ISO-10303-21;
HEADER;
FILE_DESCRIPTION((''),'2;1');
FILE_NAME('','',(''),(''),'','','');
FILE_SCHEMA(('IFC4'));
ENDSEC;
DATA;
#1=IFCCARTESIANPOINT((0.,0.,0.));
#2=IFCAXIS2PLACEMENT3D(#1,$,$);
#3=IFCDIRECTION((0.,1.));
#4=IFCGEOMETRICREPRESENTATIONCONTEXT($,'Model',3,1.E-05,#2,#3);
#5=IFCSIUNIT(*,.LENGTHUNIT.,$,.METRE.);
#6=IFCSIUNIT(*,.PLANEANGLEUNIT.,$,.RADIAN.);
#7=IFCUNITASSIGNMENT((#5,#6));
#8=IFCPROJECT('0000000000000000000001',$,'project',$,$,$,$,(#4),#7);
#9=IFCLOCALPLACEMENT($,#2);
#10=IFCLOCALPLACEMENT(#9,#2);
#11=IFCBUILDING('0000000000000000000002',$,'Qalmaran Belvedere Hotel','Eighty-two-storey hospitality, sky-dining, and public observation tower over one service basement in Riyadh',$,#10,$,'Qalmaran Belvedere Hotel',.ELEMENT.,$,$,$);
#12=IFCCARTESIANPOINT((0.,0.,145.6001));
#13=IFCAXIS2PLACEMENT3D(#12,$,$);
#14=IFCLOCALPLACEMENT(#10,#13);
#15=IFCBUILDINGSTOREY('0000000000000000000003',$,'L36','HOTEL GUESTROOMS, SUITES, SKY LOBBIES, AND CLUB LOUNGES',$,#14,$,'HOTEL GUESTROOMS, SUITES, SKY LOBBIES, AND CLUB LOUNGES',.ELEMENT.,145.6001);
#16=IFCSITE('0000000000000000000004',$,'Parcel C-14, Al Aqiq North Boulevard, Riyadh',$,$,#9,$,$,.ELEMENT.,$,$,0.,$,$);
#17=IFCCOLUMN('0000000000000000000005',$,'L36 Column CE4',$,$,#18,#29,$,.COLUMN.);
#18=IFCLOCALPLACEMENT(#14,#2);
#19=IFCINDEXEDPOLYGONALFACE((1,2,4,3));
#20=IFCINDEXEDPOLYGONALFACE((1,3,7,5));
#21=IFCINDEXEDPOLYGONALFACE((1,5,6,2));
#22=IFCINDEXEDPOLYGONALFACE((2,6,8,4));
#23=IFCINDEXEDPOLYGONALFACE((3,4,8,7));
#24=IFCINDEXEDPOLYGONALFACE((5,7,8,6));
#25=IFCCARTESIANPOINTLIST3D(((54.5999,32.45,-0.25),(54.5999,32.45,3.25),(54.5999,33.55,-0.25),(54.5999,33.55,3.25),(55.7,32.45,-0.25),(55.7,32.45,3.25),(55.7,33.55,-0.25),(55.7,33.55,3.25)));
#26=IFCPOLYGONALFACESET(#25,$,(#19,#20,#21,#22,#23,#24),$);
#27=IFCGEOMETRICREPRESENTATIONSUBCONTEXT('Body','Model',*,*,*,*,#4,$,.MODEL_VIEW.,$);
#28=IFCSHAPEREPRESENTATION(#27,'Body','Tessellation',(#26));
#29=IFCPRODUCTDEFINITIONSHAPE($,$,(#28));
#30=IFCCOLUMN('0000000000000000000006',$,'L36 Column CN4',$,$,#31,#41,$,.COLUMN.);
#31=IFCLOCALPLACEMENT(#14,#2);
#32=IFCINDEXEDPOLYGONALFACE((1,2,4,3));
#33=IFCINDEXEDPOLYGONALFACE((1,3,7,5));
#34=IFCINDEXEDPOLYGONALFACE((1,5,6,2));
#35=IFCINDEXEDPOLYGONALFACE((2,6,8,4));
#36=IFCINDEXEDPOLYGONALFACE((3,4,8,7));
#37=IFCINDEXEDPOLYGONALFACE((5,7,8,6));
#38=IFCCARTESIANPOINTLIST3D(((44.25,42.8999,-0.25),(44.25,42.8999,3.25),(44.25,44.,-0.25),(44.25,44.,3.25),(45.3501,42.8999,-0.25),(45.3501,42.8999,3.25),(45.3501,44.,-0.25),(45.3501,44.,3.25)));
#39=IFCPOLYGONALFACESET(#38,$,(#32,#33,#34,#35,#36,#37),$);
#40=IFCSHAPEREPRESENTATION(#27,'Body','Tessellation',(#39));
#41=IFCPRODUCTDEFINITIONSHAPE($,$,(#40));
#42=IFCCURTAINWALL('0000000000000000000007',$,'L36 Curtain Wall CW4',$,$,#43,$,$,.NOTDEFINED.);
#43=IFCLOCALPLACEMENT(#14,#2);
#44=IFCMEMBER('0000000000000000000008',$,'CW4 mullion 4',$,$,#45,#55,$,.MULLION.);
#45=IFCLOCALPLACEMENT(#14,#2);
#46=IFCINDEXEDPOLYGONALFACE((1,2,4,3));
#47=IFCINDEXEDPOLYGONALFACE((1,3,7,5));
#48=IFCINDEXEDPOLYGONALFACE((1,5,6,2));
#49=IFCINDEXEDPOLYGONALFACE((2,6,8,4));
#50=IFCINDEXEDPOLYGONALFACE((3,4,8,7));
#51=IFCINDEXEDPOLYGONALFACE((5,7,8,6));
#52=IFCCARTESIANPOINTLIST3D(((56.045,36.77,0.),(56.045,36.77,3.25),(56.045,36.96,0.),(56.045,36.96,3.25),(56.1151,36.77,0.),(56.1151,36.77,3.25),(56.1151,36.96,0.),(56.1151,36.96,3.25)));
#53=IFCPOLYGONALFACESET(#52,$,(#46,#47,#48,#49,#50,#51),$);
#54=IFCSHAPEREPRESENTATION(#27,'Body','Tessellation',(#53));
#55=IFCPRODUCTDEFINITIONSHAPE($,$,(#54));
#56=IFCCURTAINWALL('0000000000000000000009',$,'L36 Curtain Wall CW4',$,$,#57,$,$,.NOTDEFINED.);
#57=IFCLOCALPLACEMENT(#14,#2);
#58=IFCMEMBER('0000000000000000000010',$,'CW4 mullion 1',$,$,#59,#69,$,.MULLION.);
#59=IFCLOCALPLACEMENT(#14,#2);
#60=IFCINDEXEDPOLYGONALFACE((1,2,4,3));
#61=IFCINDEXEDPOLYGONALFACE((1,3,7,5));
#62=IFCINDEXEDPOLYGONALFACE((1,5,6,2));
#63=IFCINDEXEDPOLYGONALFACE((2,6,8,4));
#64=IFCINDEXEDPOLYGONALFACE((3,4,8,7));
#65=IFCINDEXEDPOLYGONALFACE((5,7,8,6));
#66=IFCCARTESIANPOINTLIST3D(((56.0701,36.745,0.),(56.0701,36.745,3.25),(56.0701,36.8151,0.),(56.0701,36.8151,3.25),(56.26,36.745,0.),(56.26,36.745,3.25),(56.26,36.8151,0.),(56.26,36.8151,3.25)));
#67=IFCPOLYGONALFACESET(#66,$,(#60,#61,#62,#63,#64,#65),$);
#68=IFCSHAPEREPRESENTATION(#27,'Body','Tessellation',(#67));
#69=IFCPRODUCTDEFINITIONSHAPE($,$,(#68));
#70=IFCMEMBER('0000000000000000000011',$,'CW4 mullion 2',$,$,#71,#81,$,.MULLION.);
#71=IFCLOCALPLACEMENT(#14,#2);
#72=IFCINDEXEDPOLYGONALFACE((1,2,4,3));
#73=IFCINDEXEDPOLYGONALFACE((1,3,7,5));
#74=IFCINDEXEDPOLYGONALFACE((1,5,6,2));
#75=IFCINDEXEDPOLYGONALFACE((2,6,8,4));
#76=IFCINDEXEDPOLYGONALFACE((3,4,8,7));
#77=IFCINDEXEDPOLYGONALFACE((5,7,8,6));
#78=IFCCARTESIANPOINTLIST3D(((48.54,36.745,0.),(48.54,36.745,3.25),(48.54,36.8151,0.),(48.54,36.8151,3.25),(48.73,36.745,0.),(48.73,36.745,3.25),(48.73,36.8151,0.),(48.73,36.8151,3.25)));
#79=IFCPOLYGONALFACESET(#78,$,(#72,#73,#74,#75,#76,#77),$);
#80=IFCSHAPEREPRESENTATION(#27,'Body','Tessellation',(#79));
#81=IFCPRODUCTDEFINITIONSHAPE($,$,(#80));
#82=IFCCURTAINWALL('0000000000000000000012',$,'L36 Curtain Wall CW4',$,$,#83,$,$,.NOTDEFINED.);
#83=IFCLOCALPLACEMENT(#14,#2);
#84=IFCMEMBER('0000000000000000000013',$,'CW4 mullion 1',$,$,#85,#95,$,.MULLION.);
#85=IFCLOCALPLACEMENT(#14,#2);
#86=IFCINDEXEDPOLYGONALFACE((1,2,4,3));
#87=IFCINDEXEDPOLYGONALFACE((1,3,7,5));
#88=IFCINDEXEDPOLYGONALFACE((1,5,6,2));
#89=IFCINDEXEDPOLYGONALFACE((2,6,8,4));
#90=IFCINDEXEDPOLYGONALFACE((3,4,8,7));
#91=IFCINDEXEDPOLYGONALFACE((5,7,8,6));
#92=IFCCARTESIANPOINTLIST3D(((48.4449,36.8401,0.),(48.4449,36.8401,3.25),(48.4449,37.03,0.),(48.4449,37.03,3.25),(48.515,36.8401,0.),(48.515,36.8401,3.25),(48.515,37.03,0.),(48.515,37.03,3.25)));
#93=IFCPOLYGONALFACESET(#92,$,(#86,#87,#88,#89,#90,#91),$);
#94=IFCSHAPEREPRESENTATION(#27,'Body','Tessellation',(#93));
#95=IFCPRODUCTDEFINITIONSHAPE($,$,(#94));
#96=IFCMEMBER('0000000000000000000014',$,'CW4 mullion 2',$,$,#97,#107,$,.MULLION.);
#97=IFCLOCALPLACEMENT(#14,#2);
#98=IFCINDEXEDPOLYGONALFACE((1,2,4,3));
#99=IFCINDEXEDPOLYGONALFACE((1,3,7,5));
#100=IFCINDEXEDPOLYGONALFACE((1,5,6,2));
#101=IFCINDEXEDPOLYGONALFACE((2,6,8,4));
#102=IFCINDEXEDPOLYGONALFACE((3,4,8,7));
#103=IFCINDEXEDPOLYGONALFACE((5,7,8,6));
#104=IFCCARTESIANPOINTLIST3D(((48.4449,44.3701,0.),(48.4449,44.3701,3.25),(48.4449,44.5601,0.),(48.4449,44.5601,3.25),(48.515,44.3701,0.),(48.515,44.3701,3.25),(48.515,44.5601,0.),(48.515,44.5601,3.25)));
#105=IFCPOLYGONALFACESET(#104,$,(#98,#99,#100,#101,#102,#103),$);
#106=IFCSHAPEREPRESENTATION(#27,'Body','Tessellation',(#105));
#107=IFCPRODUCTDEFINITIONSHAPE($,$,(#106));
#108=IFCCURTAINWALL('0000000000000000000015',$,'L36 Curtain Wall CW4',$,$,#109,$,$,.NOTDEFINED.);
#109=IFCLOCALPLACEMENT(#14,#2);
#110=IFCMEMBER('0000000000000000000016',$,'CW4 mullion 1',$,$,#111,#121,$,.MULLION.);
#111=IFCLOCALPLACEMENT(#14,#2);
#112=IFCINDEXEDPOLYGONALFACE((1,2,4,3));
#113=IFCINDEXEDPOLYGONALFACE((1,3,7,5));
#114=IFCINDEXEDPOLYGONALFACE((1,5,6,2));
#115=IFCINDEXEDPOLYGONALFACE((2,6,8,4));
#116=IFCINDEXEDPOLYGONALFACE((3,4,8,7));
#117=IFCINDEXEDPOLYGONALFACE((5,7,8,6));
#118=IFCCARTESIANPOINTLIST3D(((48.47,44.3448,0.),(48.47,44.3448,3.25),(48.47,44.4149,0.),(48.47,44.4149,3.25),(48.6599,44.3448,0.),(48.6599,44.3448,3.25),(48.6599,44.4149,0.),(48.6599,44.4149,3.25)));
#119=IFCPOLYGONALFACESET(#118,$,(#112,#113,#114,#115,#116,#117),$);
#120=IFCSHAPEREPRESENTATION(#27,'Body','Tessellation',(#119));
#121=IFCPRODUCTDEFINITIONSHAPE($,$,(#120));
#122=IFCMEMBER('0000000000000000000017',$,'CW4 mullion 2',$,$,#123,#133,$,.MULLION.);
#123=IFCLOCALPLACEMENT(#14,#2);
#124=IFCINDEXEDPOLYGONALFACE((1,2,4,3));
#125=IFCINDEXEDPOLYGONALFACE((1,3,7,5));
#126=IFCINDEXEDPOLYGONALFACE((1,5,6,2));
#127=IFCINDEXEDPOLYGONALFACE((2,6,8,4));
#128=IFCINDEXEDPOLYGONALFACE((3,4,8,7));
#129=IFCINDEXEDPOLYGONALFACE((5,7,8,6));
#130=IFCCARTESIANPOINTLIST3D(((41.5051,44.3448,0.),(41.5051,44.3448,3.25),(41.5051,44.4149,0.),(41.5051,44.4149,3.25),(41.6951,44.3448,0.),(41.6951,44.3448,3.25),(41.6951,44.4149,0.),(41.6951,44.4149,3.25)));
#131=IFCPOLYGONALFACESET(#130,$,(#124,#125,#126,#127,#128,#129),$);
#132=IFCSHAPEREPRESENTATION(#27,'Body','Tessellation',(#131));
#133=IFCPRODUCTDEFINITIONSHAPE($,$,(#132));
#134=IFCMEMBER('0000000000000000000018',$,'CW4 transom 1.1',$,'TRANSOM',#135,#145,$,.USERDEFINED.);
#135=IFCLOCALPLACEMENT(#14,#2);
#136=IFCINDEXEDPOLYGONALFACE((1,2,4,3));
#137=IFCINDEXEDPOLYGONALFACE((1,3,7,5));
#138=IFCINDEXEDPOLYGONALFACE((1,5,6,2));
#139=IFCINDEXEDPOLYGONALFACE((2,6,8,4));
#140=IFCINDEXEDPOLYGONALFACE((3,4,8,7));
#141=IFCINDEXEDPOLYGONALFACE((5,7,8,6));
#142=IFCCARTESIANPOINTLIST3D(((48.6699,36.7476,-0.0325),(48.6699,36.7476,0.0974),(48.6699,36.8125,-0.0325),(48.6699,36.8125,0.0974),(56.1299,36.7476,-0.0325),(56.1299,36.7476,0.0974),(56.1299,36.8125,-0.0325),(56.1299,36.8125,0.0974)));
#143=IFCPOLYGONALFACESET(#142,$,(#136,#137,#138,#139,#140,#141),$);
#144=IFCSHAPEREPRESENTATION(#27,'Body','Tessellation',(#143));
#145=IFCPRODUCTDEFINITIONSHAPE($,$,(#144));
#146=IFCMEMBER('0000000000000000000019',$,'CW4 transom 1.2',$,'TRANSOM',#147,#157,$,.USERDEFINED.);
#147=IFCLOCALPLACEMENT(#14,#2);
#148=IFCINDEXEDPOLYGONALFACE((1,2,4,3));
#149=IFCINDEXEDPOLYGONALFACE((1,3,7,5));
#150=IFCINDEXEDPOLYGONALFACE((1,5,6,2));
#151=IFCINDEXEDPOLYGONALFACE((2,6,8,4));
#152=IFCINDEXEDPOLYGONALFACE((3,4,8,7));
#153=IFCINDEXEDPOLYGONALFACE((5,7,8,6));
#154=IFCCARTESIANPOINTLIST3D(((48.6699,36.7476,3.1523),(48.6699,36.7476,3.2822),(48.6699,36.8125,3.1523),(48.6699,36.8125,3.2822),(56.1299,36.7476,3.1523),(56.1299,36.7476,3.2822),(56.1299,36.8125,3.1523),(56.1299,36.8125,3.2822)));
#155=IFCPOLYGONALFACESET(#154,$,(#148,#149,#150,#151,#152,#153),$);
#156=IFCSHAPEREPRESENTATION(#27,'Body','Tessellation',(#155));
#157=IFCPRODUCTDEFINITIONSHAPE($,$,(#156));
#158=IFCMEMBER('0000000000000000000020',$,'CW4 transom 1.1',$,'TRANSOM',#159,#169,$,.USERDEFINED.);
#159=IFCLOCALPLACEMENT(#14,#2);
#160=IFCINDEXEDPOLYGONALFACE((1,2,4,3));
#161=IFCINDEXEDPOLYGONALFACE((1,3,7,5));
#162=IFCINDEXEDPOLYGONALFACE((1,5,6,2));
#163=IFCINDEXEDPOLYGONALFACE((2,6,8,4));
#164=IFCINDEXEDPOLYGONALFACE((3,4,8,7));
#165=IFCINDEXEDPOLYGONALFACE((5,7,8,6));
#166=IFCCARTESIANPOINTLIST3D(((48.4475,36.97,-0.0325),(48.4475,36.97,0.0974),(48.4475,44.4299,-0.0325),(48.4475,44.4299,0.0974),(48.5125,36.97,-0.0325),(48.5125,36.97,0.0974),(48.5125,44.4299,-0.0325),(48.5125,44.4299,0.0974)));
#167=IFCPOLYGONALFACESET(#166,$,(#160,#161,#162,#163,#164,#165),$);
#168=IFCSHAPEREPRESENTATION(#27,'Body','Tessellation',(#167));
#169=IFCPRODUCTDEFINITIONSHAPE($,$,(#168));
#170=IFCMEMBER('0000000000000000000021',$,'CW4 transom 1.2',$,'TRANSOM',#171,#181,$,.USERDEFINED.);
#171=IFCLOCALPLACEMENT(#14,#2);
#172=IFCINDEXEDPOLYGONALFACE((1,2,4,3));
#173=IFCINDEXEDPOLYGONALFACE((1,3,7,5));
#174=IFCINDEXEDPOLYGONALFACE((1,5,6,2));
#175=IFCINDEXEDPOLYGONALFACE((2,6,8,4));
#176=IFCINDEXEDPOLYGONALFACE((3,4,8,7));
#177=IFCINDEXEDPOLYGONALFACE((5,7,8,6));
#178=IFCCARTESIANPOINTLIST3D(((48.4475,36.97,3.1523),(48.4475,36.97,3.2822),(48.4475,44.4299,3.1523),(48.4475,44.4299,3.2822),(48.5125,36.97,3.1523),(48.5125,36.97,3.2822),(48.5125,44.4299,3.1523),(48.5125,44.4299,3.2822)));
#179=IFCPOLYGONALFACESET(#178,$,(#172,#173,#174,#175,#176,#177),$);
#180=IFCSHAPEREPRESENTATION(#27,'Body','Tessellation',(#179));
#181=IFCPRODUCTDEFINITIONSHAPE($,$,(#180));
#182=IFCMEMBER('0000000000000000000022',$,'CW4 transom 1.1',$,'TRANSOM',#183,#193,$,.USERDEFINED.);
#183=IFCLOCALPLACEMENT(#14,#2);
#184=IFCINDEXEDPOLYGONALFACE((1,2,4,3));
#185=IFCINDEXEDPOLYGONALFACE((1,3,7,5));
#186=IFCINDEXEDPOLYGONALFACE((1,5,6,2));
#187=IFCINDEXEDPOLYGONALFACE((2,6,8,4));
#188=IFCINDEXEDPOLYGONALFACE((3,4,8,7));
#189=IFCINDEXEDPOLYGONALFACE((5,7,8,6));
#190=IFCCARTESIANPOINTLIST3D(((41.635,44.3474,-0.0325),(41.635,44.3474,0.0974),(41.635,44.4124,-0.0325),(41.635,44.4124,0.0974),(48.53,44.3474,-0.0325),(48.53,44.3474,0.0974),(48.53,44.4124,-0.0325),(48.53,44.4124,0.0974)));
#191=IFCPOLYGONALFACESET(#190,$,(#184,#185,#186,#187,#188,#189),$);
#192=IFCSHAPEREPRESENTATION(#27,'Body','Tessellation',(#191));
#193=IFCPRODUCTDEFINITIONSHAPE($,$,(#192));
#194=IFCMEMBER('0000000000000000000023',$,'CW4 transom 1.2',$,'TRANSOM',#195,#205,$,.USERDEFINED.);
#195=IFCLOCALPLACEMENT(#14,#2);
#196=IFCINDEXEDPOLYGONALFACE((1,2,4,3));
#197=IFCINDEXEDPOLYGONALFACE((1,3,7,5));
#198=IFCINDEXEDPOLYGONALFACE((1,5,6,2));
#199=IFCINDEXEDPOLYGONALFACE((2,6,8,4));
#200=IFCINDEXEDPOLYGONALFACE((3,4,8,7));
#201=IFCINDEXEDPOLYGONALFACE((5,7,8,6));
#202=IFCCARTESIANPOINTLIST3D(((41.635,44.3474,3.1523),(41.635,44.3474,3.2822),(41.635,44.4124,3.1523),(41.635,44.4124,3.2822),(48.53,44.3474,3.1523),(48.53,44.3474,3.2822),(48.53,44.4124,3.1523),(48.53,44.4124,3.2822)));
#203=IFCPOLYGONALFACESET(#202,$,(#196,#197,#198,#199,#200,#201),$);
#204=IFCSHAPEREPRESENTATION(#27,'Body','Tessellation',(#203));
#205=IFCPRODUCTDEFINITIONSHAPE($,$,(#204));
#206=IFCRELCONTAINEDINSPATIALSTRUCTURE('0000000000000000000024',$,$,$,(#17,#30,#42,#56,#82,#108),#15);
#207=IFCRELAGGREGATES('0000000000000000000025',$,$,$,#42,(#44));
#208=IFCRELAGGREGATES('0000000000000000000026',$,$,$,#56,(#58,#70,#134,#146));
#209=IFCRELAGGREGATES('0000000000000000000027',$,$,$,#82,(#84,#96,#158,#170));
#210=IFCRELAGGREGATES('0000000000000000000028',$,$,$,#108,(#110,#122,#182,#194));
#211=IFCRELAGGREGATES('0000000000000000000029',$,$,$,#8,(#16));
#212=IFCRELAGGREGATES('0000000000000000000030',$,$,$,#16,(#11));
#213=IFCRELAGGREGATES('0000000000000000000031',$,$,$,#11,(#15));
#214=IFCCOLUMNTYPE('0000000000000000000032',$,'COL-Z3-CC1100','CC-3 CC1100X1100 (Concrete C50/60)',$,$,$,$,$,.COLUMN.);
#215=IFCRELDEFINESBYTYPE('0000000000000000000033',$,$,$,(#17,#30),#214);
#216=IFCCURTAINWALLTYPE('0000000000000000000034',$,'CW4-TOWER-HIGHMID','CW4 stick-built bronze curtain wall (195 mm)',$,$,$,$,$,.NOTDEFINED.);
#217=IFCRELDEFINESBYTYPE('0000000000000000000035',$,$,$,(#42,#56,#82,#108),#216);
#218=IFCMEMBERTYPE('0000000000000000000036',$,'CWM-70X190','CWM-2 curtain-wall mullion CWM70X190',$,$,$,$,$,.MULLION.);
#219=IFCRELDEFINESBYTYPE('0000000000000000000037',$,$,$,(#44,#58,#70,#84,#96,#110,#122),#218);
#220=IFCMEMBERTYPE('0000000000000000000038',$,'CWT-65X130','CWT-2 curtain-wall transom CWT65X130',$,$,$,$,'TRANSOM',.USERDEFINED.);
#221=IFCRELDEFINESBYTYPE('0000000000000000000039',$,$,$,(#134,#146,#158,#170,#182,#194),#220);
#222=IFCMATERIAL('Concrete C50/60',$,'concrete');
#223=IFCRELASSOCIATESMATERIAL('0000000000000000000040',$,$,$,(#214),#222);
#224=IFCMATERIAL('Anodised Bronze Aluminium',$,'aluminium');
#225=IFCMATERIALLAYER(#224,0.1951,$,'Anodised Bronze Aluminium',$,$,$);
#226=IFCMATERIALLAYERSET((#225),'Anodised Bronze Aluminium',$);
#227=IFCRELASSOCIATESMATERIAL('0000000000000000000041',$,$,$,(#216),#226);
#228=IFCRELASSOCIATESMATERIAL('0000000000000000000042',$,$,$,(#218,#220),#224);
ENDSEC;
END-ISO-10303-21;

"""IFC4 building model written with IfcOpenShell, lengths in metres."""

from ifc_helpers import new_model, si_unit, direction, frame, origin, origin_2d, place, context, subcontext, project, spatial, rectangle, extrude, material, layer, layer_set, material_profile, profile_set, type_object, element, aggregate, save


model = new_model("IFC4")

# Units and contexts
model_context = context("Model", 3, precision=1e-05, world=origin(), true_north=direction((0.0, 1.0)))
body_context = subcontext(model_context, "Body", "Model", "MODEL_VIEW")
ifc_project = project(units=[si_unit("LENGTHUNIT", "METRE"), si_unit("PLANEANGLEUNIT", "RADIAN")], contexts=[model_context])

# Site, building, storey
site_placement = place(None, origin())
site = spatial("IfcSite", under=ifc_project, at=site_placement, Name="Parcel C-14, Al Aqiq North Boulevard, Riyadh", CompositionType="ELEMENT", RefElevation=0.0)
building_placement = place(site_placement, origin())
building = spatial("IfcBuilding", under=site, at=building_placement, Name="Qalmaran Belvedere Hotel", Description="Eighty-two-storey hospitality, sky-dining, and public observation tower over one service basement in Riyadh", LongName="Qalmaran Belvedere Hotel", CompositionType="ELEMENT")
storey_placement = place(building_placement, frame((0.0, 0.0, 145.6001)))
storey = spatial("IfcBuildingStorey", under=building, at=storey_placement, Name="L36", Description="HOTEL GUESTROOMS, SUITES, SKY LOBBIES, AND CLUB LOUNGES", LongName="HOTEL GUESTROOMS, SUITES, SKY LOBBIES, AND CLUB LOUNGES", CompositionType="ELEMENT", Elevation=145.6001)

# Columns
ifc_material_1 = material(Name="Concrete C50/60", Category="concrete")
ifc_material_profile_1 = material_profile(ifc_material_1, rectangle(XDim=1.1001, YDim=1.1001, at=origin_2d()), Name="CC1100X1100")
ifc_profile_set_1 = profile_set([ifc_material_profile_1], Name="Concrete C50/60")
column_type = type_object("IfcColumnType", Name="COL-Z3-CC1100", Description="CC-3 CC1100X1100 (Concrete C50/60)", PredefinedType="COLUMN", material=ifc_profile_set_1)
for number, where, z_axis, x_axis, name in (
    (1, (55.1499, 33.0, -0.25), (0.0, 0.0, 1.0), (1.0, 0.0, 0.0), "L36 Column CE4"),
    (2, (44.8, 43.45, -0.25), (0.0, 0.0, 1.0), (1.0, 0.0, 0.0), "L36 Column CN4"),
):
    element("IfcColumn", number, at=place(storey_placement, frame(where, z_axis=z_axis, x_axis=x_axis)), inside=storey, type_object=column_type, Name=name, PredefinedType="COLUMN", context=body_context, shape_type="SweptSolid", body=[
        extrude(rectangle(XDim=1.1001, YDim=1.1001, at=origin_2d()), origin(), (0.0, 0.0, 1.0), 3.5),
    ])

# Curtain wall, member
ifc_material_2 = material(Name="Anodised Bronze Aluminium", Category="aluminium")
ifc_layer_1 = layer(ifc_material_2, 0.1951, Name="Anodised Bronze Aluminium")
ifc_layer_set_1 = layer_set([ifc_layer_1], Name="Anodised Bronze Aluminium")
curtain_wall_type = type_object("IfcCurtainWallType", Name="CW4-TOWER-HIGHMID", Description="CW4 stick-built bronze curtain wall (195 mm)", PredefinedType="NOTDEFINED", material=ifc_layer_set_1)
curtain_wall_1_placement = place(storey_placement, origin())
curtain_wall_1 = element("IfcCurtainWall", 3, at=curtain_wall_1_placement, inside=storey, type_object=curtain_wall_type, Name="L36 Curtain Wall CW4", PredefinedType="NOTDEFINED")
ifc_material_profile_2 = material_profile(ifc_material_2, rectangle(XDim=0.0701, YDim=0.1899, at=origin_2d()), Name="CWM70X190")
ifc_profile_set_2 = profile_set([ifc_material_profile_2], Name="Anodised Bronze Aluminium")
member_type_1 = type_object("IfcMemberType", Name="CWM-70X190", Description="CWM-2 curtain-wall mullion CWM70X190", PredefinedType="MULLION", material=ifc_profile_set_2)
member_1_placement = place(storey_placement, frame((56.0801, 36.865, 0.0), z_axis=(0.0, 0.0, 1.0), x_axis=(-1.0, 0.0, 0.0)))
member_1 = element("IfcMember", 4, at=member_1_placement, type_object=member_type_1, Name="CW4 mullion 4", PredefinedType="MULLION", context=body_context, shape_type="SweptSolid", body=[
    extrude(rectangle(XDim=0.0701, YDim=0.1899, at=origin_2d()), origin(), (0.0, 0.0, 1.0), 3.25),
])
aggregate(curtain_wall_1, [member_1])

# Curtain walls, members
curtain_wall_2_placement = place(storey_placement, origin())
curtain_wall_2 = element("IfcCurtainWall", 5, at=curtain_wall_2_placement, inside=storey, type_object=curtain_wall_type, Name="L36 Curtain Wall CW4", PredefinedType="NOTDEFINED")
member_2_placement = place(storey_placement, frame((56.165, 36.78, 0.0), z_axis=(0.0, 0.0, 1.0), x_axis=(0.0, -1.0, 0.0)))
member_2 = element("IfcMember", 6, at=member_2_placement, type_object=member_type_1, Name="CW4 mullion 1", PredefinedType="MULLION", context=body_context, shape_type="SweptSolid", body=[
    extrude(rectangle(XDim=0.0701, YDim=0.1899, at=origin_2d()), origin(), (0.0, 0.0, 1.0), 3.25),
])
member_3_placement = place(storey_placement, frame((48.635, 36.78, 0.0), z_axis=(0.0, 0.0, 1.0), x_axis=(0.0, -1.0, 0.0)))
member_3 = element("IfcMember", 7, at=member_3_placement, type_object=member_type_1, Name="CW4 mullion 2", PredefinedType="MULLION", context=body_context, shape_type="SweptSolid", body=[
    extrude(rectangle(XDim=0.0701, YDim=0.1899, at=origin_2d()), origin(), (0.0, 0.0, 1.0), 3.25),
])
curtain_wall_3_placement = place(storey_placement, origin())
curtain_wall_3 = element("IfcCurtainWall", 8, at=curtain_wall_3_placement, inside=storey, type_object=curtain_wall_type, Name="L36 Curtain Wall CW4", PredefinedType="NOTDEFINED")
member_4_placement = place(storey_placement, frame((48.48, 36.9351, 0.0), z_axis=(0.0, 0.0, 1.0), x_axis=(-1.0, 0.0, 0.0)))
member_4 = element("IfcMember", 9, at=member_4_placement, type_object=member_type_1, Name="CW4 mullion 1", PredefinedType="MULLION", context=body_context, shape_type="SweptSolid", body=[
    extrude(rectangle(XDim=0.0701, YDim=0.1899, at=origin_2d()), origin(), (0.0, 0.0, 1.0), 3.25),
])
member_5_placement = place(storey_placement, frame((48.48, 44.4651, 0.0), z_axis=(0.0, 0.0, 1.0), x_axis=(-1.0, 0.0, 0.0)))
member_5 = element("IfcMember", 10, at=member_5_placement, type_object=member_type_1, Name="CW4 mullion 2", PredefinedType="MULLION", context=body_context, shape_type="SweptSolid", body=[
    extrude(rectangle(XDim=0.0701, YDim=0.1899, at=origin_2d()), origin(), (0.0, 0.0, 1.0), 3.25),
])
curtain_wall_4_placement = place(storey_placement, origin())
curtain_wall_4 = element("IfcCurtainWall", 11, at=curtain_wall_4_placement, inside=storey, type_object=curtain_wall_type, Name="L36 Curtain Wall CW4", PredefinedType="NOTDEFINED")
member_6_placement = place(storey_placement, frame((48.5649, 44.3799, 0.0), z_axis=(0.0, 0.0, 1.0), x_axis=(0.0, -1.0, 0.0)))
member_6 = element("IfcMember", 12, at=member_6_placement, type_object=member_type_1, Name="CW4 mullion 1", PredefinedType="MULLION", context=body_context, shape_type="SweptSolid", body=[
    extrude(rectangle(XDim=0.0701, YDim=0.1899, at=origin_2d()), origin(), (0.0, 0.0, 1.0), 3.25),
])
member_7_placement = place(storey_placement, frame((41.6001, 44.3799, 0.0), z_axis=(0.0, 0.0, 1.0), x_axis=(0.0, -1.0, 0.0)))
member_7 = element("IfcMember", 13, at=member_7_placement, type_object=member_type_1, Name="CW4 mullion 2", PredefinedType="MULLION", context=body_context, shape_type="SweptSolid", body=[
    extrude(rectangle(XDim=0.0701, YDim=0.1899, at=origin_2d()), origin(), (0.0, 0.0, 1.0), 3.25),
])

# Members
ifc_material_profile_3 = material_profile(ifc_material_2, rectangle(XDim=0.0649, YDim=0.1299, at=origin_2d()), Name="CWT65X130")
ifc_profile_set_3 = profile_set([ifc_material_profile_3], Name="Anodised Bronze Aluminium")
member_type_2 = type_object("IfcMemberType", Name="CWT-65X130", Description="CWT-2 curtain-wall transom CWT65X130", ElementType="TRANSOM", PredefinedType="USERDEFINED", material=ifc_profile_set_3)
member_8_placement = place(storey_placement, frame((56.1299, 36.78, 0.0325), z_axis=(-1.0, 0.0, 0.0), x_axis=(0.0, -1.0, 0.0)))
member_8 = element("IfcMember", 14, at=member_8_placement, type_object=member_type_2, Name="CW4 transom 1.1", ObjectType="TRANSOM", PredefinedType="USERDEFINED", context=body_context, shape_type="SweptSolid", body=[
    extrude(rectangle(XDim=0.0649, YDim=0.1299, at=origin_2d()), origin(), (0.0, 0.0, 1.0), 7.46),
])
member_9_placement = place(storey_placement, frame((56.1299, 36.78, 3.2173), z_axis=(-1.0, 0.0, 0.0), x_axis=(0.0, -1.0, 0.0)))
member_9 = element("IfcMember", 15, at=member_9_placement, type_object=member_type_2, Name="CW4 transom 1.2", ObjectType="TRANSOM", PredefinedType="USERDEFINED", context=body_context, shape_type="SweptSolid", body=[
    extrude(rectangle(XDim=0.0649, YDim=0.1299, at=origin_2d()), origin(), (0.0, 0.0, 1.0), 7.46),
])
member_10_placement = place(storey_placement, frame((48.48, 36.97, 0.0325), z_axis=(0.0, 1.0, 0.0), x_axis=(-1.0, 0.0, 0.0)))
member_10 = element("IfcMember", 16, at=member_10_placement, type_object=member_type_2, Name="CW4 transom 1.1", ObjectType="TRANSOM", PredefinedType="USERDEFINED", context=body_context, shape_type="SweptSolid", body=[
    extrude(rectangle(XDim=0.0649, YDim=0.1299, at=origin_2d()), origin(), (0.0, 0.0, 1.0), 7.46),
])
member_11_placement = place(storey_placement, frame((48.48, 36.97, 3.2173), z_axis=(0.0, 1.0, 0.0), x_axis=(-1.0, 0.0, 0.0)))
member_11 = element("IfcMember", 17, at=member_11_placement, type_object=member_type_2, Name="CW4 transom 1.2", ObjectType="TRANSOM", PredefinedType="USERDEFINED", context=body_context, shape_type="SweptSolid", body=[
    extrude(rectangle(XDim=0.0649, YDim=0.1299, at=origin_2d()), origin(), (0.0, 0.0, 1.0), 7.46),
])
member_12_placement = place(storey_placement, frame((48.53, 44.3799, 0.0325), z_axis=(-1.0, 0.0, 0.0), x_axis=(0.0, -1.0, 0.0)))
member_12 = element("IfcMember", 18, at=member_12_placement, type_object=member_type_2, Name="CW4 transom 1.1", ObjectType="TRANSOM", PredefinedType="USERDEFINED", context=body_context, shape_type="SweptSolid", body=[
    extrude(rectangle(XDim=0.0649, YDim=0.1299, at=origin_2d()), origin(), (0.0, 0.0, 1.0), 6.895),
])
member_13_placement = place(storey_placement, frame((48.53, 44.3799, 3.2173), z_axis=(-1.0, 0.0, 0.0), x_axis=(0.0, -1.0, 0.0)))
member_13 = element("IfcMember", 19, at=member_13_placement, type_object=member_type_2, Name="CW4 transom 1.2", ObjectType="TRANSOM", PredefinedType="USERDEFINED", context=body_context, shape_type="SweptSolid", body=[
    extrude(rectangle(XDim=0.0649, YDim=0.1299, at=origin_2d()), origin(), (0.0, 0.0, 1.0), 6.895),
])

aggregate(curtain_wall_2, [member_2, member_3, member_8, member_9])
aggregate(curtain_wall_3, [member_4, member_5, member_10, member_11])
aggregate(curtain_wall_4, [member_6, member_7, member_12, member_13])

save(model, "model.ifc")
